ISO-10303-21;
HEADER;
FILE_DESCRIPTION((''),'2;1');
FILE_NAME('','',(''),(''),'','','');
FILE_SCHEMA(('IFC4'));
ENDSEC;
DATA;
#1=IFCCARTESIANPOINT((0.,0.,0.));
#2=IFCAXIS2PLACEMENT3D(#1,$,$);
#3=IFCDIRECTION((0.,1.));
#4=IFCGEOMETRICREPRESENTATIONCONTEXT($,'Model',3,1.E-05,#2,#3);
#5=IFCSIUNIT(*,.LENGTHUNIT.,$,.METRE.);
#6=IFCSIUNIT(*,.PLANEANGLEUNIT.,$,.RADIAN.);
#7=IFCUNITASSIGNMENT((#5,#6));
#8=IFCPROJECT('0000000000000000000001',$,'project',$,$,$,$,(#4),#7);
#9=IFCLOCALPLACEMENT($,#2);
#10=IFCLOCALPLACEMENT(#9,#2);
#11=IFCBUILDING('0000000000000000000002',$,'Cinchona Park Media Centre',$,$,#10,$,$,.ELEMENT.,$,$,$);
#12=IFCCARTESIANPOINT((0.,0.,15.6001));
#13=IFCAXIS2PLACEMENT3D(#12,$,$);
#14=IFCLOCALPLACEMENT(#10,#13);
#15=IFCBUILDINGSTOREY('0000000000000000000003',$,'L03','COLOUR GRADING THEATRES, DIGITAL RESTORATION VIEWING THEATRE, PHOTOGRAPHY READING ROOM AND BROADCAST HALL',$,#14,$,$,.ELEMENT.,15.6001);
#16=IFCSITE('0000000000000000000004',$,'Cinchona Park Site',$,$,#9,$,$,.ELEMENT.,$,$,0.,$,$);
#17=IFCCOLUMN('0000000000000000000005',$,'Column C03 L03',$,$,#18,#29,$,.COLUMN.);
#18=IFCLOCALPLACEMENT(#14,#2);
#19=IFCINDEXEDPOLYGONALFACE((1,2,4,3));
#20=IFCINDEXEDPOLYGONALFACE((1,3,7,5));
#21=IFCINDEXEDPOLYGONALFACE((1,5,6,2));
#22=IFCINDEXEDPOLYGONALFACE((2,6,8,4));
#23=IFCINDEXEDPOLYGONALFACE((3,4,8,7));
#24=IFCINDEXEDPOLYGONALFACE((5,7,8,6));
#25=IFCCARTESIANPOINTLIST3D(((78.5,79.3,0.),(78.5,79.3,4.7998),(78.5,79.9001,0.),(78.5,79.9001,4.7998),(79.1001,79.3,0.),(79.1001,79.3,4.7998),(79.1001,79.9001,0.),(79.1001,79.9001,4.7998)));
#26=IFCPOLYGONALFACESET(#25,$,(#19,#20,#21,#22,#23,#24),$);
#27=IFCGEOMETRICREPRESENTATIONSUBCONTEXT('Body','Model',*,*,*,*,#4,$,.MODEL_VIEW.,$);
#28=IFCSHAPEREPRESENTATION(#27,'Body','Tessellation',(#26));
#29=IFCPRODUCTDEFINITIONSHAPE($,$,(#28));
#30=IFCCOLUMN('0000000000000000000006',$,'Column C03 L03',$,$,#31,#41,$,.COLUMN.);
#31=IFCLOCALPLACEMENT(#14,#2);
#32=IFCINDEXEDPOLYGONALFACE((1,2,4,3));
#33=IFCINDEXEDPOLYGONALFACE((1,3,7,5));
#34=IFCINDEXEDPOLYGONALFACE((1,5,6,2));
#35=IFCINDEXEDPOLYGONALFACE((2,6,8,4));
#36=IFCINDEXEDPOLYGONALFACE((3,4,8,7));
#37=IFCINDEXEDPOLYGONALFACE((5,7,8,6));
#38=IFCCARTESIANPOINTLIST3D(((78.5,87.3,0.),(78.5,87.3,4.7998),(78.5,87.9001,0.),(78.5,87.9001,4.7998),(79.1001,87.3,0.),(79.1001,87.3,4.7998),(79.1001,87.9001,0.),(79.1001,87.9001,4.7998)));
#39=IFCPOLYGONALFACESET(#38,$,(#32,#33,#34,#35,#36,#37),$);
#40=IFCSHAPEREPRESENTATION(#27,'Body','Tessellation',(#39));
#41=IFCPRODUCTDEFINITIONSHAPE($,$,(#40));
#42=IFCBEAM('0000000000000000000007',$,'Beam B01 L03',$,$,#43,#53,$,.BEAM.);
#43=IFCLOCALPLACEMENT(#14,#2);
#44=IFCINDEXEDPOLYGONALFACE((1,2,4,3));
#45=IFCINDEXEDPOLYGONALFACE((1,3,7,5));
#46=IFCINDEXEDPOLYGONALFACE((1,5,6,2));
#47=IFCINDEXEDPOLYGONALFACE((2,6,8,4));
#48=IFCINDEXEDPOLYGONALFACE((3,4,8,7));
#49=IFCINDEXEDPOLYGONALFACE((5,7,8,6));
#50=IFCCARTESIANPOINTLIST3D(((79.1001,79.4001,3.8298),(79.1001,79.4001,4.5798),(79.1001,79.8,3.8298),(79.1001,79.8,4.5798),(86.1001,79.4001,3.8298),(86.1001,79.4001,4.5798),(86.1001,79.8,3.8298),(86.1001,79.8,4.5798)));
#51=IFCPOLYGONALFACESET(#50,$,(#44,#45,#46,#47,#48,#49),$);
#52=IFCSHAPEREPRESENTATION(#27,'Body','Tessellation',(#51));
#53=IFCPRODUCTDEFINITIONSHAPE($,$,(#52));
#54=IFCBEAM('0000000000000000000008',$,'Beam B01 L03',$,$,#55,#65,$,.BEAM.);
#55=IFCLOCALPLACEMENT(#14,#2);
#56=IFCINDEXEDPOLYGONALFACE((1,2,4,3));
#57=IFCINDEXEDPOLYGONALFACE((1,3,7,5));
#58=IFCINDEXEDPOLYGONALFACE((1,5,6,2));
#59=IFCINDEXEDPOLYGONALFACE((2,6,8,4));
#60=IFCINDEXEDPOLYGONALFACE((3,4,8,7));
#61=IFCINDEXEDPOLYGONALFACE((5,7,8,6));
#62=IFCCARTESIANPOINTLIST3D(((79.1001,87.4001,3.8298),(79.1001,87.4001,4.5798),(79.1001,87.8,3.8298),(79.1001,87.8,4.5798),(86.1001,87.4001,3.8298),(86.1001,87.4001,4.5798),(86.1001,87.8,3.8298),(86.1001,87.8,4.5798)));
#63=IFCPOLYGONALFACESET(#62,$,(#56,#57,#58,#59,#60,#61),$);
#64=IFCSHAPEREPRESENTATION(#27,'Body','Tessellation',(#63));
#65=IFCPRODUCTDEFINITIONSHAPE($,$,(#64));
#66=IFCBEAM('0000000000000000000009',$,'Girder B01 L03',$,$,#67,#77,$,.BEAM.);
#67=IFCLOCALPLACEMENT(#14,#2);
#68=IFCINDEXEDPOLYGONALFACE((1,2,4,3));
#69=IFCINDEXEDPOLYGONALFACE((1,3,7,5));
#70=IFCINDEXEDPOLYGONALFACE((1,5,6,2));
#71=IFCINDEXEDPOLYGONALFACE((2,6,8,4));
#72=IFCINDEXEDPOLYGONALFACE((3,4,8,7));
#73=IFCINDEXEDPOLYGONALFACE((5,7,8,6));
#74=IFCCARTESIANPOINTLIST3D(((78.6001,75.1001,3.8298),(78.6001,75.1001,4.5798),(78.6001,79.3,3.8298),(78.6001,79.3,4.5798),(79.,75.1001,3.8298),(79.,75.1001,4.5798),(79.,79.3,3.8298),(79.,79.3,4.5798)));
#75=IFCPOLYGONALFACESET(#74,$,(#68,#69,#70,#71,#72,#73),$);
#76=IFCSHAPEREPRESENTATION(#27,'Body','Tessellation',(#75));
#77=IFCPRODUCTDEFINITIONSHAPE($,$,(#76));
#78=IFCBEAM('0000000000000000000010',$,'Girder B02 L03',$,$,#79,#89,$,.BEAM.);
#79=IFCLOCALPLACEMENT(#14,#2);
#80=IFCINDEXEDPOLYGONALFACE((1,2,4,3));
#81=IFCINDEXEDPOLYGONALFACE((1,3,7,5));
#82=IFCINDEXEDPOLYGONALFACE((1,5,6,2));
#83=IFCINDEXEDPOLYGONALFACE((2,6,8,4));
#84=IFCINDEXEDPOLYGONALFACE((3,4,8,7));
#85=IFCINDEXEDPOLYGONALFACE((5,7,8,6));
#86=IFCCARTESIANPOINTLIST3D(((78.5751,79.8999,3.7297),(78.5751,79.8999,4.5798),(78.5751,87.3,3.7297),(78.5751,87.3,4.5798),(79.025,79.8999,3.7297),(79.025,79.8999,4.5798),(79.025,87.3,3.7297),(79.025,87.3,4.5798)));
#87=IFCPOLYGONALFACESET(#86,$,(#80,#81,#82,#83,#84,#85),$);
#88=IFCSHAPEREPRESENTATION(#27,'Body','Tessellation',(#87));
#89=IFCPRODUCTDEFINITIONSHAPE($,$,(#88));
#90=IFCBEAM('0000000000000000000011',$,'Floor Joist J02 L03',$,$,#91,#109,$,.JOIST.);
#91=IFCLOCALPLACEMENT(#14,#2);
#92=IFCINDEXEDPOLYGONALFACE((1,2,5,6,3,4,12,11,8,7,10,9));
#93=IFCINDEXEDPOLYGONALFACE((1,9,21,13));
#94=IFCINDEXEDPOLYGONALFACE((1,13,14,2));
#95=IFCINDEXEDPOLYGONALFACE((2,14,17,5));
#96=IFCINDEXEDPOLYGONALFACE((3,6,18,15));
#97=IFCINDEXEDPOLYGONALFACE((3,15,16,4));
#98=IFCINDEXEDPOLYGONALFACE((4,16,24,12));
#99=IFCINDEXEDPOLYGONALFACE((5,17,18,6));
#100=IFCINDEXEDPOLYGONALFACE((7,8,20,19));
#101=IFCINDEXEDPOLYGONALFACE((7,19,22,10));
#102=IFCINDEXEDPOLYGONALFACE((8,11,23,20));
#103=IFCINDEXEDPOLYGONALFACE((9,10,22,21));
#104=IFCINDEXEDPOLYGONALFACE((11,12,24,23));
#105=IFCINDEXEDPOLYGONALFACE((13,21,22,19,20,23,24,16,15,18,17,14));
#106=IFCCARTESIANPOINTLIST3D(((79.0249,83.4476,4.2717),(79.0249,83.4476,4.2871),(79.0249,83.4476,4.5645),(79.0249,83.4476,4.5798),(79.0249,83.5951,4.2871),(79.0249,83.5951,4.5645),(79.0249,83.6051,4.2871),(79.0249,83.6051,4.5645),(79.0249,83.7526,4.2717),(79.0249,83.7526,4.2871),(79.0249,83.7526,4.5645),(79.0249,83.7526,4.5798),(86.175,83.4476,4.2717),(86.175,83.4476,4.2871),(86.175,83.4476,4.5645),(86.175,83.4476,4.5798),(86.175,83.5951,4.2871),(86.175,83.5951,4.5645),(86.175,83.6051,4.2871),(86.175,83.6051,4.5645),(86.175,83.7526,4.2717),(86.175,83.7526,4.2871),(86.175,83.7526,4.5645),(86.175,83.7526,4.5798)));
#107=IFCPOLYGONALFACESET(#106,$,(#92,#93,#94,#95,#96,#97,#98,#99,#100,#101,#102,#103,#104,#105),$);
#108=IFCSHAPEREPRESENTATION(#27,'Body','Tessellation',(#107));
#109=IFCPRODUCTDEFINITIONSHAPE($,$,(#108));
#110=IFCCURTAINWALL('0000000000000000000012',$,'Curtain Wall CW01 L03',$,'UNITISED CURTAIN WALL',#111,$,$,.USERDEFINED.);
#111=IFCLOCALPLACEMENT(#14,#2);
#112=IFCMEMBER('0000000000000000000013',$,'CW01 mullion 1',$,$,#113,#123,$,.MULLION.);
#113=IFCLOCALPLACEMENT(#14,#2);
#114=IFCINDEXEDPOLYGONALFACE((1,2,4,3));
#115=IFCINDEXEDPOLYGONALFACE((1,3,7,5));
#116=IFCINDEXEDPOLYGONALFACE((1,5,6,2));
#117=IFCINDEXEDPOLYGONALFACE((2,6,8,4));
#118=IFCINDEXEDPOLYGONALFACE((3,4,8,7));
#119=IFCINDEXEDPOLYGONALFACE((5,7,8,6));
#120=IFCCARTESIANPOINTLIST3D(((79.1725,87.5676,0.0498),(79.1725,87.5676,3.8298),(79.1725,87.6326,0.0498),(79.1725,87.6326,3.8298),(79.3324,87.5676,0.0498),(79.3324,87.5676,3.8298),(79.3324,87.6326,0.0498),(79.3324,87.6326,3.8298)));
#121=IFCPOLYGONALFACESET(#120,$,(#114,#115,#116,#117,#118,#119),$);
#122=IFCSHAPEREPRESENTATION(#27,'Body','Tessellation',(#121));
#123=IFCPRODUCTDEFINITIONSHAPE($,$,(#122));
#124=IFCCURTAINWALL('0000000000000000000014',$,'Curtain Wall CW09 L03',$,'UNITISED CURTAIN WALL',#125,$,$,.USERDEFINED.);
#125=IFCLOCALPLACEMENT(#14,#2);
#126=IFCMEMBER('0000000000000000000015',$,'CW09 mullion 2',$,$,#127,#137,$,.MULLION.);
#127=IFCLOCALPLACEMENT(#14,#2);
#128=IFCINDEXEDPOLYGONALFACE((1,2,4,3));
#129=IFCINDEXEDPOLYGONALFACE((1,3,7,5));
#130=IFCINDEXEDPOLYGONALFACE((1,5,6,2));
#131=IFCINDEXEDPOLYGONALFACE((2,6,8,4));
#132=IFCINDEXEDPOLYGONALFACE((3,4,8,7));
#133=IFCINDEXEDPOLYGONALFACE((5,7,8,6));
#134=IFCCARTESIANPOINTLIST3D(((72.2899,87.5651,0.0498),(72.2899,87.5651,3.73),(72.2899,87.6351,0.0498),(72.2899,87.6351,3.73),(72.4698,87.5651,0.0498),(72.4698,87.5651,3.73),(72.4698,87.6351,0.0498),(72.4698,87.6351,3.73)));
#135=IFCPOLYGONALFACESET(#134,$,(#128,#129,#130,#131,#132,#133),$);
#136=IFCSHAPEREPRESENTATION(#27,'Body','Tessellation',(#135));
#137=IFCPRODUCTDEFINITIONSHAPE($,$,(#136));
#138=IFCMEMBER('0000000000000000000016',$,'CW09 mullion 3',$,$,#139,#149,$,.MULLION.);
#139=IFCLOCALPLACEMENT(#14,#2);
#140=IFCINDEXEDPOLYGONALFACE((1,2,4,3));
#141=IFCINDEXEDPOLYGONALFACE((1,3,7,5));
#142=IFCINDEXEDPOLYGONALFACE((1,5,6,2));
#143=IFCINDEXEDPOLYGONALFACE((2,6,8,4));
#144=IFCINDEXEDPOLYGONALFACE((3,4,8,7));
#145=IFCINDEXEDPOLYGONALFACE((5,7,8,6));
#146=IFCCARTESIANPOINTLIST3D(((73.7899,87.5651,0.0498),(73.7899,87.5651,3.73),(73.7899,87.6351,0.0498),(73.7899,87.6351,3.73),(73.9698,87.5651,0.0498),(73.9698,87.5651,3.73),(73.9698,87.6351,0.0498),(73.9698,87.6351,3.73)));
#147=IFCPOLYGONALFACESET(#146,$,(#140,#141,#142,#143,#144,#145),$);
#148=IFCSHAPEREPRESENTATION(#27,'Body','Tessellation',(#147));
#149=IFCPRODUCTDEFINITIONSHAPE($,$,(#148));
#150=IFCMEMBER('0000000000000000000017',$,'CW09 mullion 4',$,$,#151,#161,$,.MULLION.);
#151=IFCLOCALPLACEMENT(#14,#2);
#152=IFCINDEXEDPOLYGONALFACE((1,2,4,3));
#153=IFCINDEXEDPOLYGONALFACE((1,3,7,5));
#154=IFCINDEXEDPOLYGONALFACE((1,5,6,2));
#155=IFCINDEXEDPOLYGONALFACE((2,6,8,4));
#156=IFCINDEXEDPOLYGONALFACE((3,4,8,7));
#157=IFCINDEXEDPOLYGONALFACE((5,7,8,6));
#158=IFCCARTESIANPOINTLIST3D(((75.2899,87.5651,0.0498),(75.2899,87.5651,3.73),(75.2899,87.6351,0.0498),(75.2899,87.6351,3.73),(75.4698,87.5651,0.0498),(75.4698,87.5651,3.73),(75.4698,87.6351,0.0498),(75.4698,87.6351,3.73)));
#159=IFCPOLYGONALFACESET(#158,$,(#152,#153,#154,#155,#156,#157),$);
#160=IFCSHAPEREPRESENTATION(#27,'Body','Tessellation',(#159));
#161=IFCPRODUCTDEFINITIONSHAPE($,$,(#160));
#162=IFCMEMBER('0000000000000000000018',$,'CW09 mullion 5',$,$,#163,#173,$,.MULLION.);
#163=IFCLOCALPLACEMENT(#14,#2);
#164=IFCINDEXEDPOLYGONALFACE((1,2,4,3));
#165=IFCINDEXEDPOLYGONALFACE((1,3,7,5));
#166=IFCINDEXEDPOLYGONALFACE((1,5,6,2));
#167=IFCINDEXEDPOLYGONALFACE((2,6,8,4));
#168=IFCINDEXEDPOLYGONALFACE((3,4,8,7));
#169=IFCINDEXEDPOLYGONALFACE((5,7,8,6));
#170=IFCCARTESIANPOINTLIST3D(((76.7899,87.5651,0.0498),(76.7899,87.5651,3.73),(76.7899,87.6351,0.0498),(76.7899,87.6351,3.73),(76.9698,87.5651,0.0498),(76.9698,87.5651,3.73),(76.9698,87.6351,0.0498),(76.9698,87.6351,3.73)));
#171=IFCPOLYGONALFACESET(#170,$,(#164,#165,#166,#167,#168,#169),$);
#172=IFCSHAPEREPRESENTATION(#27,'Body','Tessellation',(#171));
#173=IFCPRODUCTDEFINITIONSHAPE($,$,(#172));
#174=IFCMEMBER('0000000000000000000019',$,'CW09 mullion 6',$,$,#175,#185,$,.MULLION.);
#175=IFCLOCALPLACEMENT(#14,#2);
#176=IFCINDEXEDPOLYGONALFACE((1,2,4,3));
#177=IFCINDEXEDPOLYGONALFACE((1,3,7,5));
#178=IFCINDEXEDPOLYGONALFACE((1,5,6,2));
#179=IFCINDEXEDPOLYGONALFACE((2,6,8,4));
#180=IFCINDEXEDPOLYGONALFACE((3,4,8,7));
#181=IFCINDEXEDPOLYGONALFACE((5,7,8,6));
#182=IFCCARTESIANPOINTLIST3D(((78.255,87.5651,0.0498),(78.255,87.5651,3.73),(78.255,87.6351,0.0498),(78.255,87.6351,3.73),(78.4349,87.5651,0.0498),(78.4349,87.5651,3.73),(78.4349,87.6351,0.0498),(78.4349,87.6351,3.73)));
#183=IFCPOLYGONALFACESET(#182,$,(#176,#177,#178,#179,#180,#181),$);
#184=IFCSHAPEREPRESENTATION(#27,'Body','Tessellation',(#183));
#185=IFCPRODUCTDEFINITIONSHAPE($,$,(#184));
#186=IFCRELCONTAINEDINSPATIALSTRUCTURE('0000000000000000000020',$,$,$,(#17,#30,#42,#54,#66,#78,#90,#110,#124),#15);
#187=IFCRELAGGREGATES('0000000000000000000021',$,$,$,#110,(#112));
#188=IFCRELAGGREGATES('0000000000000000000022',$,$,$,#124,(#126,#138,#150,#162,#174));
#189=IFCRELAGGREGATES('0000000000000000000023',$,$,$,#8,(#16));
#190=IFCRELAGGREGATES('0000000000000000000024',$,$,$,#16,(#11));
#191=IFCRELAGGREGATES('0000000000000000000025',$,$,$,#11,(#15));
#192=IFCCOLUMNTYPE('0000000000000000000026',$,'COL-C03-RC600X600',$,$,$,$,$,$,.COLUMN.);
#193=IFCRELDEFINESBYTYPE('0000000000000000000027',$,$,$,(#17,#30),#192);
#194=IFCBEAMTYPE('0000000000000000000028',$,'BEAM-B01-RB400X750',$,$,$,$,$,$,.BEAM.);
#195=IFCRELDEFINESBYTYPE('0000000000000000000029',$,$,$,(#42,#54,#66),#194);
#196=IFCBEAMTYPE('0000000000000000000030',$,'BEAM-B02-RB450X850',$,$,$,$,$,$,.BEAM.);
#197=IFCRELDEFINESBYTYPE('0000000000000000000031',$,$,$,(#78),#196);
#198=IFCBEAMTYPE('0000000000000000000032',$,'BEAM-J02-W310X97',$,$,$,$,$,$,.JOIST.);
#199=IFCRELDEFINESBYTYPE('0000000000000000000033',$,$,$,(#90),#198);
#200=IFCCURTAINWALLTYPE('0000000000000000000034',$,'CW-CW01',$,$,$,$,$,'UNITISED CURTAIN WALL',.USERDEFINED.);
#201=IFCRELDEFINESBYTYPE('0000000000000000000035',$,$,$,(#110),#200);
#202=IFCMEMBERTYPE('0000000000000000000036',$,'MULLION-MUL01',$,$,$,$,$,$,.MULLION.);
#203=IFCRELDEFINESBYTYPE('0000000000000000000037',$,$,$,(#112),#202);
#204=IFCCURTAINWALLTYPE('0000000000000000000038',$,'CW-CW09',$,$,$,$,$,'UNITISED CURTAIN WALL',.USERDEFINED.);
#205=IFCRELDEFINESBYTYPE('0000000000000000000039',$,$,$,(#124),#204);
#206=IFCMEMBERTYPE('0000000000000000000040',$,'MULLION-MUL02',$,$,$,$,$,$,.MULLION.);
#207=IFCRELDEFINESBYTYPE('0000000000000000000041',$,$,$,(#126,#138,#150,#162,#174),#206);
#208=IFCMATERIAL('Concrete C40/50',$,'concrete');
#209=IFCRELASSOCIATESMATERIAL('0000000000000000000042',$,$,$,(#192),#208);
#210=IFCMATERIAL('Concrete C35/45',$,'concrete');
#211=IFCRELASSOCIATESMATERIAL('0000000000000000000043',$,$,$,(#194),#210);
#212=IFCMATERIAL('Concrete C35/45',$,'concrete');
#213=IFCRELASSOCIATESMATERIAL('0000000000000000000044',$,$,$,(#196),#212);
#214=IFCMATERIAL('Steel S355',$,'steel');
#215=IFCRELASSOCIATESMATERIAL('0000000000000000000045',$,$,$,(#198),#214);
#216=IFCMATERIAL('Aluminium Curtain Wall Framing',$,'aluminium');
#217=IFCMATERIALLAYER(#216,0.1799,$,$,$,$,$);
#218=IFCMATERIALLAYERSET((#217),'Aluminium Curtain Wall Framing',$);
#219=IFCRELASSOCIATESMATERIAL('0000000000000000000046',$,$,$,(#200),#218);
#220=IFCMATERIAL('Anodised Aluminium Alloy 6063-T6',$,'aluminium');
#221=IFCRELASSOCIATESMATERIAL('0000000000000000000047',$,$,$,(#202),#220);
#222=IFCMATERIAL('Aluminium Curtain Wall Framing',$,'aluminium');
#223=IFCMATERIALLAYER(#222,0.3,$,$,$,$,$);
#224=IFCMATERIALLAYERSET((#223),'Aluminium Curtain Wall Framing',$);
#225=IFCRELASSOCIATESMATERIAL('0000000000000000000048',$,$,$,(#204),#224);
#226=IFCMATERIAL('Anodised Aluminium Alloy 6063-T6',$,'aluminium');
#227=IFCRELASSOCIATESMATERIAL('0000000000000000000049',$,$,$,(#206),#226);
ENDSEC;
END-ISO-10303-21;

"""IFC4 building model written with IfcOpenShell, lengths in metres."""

from ifc_helpers import new_model, si_unit, direction, frame, origin, origin_2d, place, context, subcontext, project, spatial, rectangle, i_section, extrude, material, layer, layer_set, material_profile, profile_set, type_object, element, aggregate, save


model = new_model("IFC4")

# Units and contexts
model_context = context("Model", 3, precision=1e-05, world=origin(), true_north=direction((0.0, 1.0)))
body_context = subcontext(model_context, "Body", "Model", "MODEL_VIEW")
ifc_project = project(units=[si_unit("LENGTHUNIT", "METRE"), si_unit("PLANEANGLEUNIT", "RADIAN")], contexts=[model_context])

# Site, building, storey
site_placement = place(None, origin())
site = spatial("IfcSite", under=ifc_project, at=site_placement, Name="Cinchona Park Site", CompositionType="ELEMENT", RefElevation=0.0)
building_placement = place(site_placement, origin())
building = spatial("IfcBuilding", under=site, at=building_placement, Name="Cinchona Park Media Centre", CompositionType="ELEMENT")
storey_placement = place(building_placement, frame((0.0, 0.0, 15.6001)))
storey = spatial("IfcBuildingStorey", under=building, at=storey_placement, Name="L03", Description="COLOUR GRADING THEATRES, DIGITAL RESTORATION VIEWING THEATRE, PHOTOGRAPHY READING ROOM AND BROADCAST HALL", CompositionType="ELEMENT", Elevation=15.6001)

# Columns
ifc_material_1 = material(Name="Concrete C40/50", Category="concrete")
ifc_material_profile_1 = material_profile(ifc_material_1, rectangle(XDim=0.6001, YDim=0.6001, at=origin_2d()), Name="RC 600X600")
ifc_profile_set_1 = profile_set([ifc_material_profile_1], Name="Concrete C40/50")
column_type = type_object("IfcColumnType", Name="COL-C03-RC600X600", PredefinedType="COLUMN", material=ifc_profile_set_1)
for number, where, z_axis, x_axis, name in (
    (1, (78.8, 79.6001, 0.0), (0.0, 0.0, 1.0), (1.0, 0.0, 0.0), "Column C03 L03"),
    (2, (78.8, 87.6001, 0.0), (0.0, 0.0, 1.0), (1.0, 0.0, 0.0), "Column C03 L03"),
):
    element("IfcColumn", number, at=place(storey_placement, frame(where, z_axis=z_axis, x_axis=x_axis)), inside=storey, type_object=column_type, Name=name, PredefinedType="COLUMN", context=body_context, shape_type="SweptSolid", body=[
        extrude(rectangle(XDim=0.6001, YDim=0.6001, at=origin_2d()), origin(), (0.0, 0.0, 1.0), 4.7998),
    ])

# Beams
ifc_material_2 = material(Name="Concrete C35/45", Category="concrete")
ifc_material_profile_2 = material_profile(ifc_material_2, rectangle(XDim=0.3999, YDim=0.75, at=origin_2d()), Name="RB 400X750")
ifc_profile_set_2 = profile_set([ifc_material_profile_2], Name="Concrete C35/45")
beam_type_1 = type_object("IfcBeamType", Name="BEAM-B01-RB400X750", PredefinedType="BEAM", material=ifc_profile_set_2)
for number, where, z_axis, x_axis, name in (
    (3, (79.1001, 79.6001, 4.2048), (1.0, 0.0, 0.0), (0.0, 1.0, 0.0), "Beam B01 L03"),
    (4, (79.1001, 87.6001, 4.2048), (1.0, 0.0, 0.0), (0.0, 1.0, 0.0), "Beam B01 L03"),
):
    element("IfcBeam", number, at=place(storey_placement, frame(where, z_axis=z_axis, x_axis=x_axis)), inside=storey, type_object=beam_type_1, Name=name, PredefinedType="BEAM", context=body_context, shape_type="SweptSolid", body=[
        extrude(rectangle(XDim=0.3999, YDim=0.75, at=origin_2d()), origin(), (0.0, 0.0, 1.0), 7.0),
    ])
beam_1_placement = place(storey_placement, frame((78.8, 75.1001, 4.2048), z_axis=(0.0, 1.0, 0.0), x_axis=(-1.0, 0.0, 0.0)))
element("IfcBeam", 5, at=beam_1_placement, inside=storey, type_object=beam_type_1, Name="Girder B01 L03", PredefinedType="BEAM", context=body_context, shape_type="SweptSolid", body=[
    extrude(rectangle(XDim=0.3999, YDim=0.75, at=origin_2d()), origin(), (0.0, 0.0, 1.0), 4.2),
])
ifc_material_3 = material(Name="Concrete C35/45", Category="concrete")
ifc_material_profile_3 = material_profile(ifc_material_3, rectangle(XDim=0.45, YDim=0.8501, at=origin_2d()), Name="RB 450X850")
ifc_profile_set_3 = profile_set([ifc_material_profile_3], Name="Concrete C35/45")
beam_type_2 = type_object("IfcBeamType", Name="BEAM-B02-RB450X850", PredefinedType="BEAM", material=ifc_profile_set_3)
beam_2_placement = place(storey_placement, frame((78.8, 79.8999, 4.1548), z_axis=(0.0, 1.0, 0.0), x_axis=(-1.0, 0.0, 0.0)))
element("IfcBeam", 6, at=beam_2_placement, inside=storey, type_object=beam_type_2, Name="Girder B02 L03", PredefinedType="BEAM", context=body_context, shape_type="SweptSolid", body=[
    extrude(rectangle(XDim=0.45, YDim=0.8501, at=origin_2d()), origin(), (0.0, 0.0, 1.0), 7.4001),
])
ifc_material_4 = material(Name="Steel S355", Category="steel")
ifc_material_profile_4 = material_profile(ifc_material_4, i_section(OverallWidth=0.3049, OverallDepth=0.3081, WebThickness=0.01, FlangeThickness=0.0154, at=origin_2d()), Name="W310X97")
ifc_profile_set_4 = profile_set([ifc_material_profile_4], Name="Steel S355")
beam_type_3 = type_object("IfcBeamType", Name="BEAM-J02-W310X97", PredefinedType="JOIST", material=ifc_profile_set_4)
beam_3_placement = place(storey_placement, frame((79.0249, 83.6001, 4.4258), z_axis=(1.0, 0.0, 0.0), x_axis=(0.0, 1.0, 0.0)))
element("IfcBeam", 7, at=beam_3_placement, inside=storey, type_object=beam_type_3, Name="Floor Joist J02 L03", PredefinedType="JOIST", context=body_context, shape_type="SweptSolid", body=[
    extrude(i_section(OverallWidth=0.3049, OverallDepth=0.3081, WebThickness=0.01, FlangeThickness=0.0154, at=origin_2d()), origin(), (0.0, 0.0, 1.0), 7.1501),
])

# Curtain wall, member
ifc_material_5 = material(Name="Aluminium Curtain Wall Framing", Category="aluminium")
ifc_layer_1 = layer(ifc_material_5, 0.1799)
ifc_layer_set_1 = layer_set([ifc_layer_1], Name="Aluminium Curtain Wall Framing")
curtain_wall_type_1 = type_object("IfcCurtainWallType", Name="CW-CW01", ElementType="UNITISED CURTAIN WALL", PredefinedType="USERDEFINED", material=ifc_layer_set_1)
curtain_wall_1_placement = place(storey_placement, origin())
curtain_wall_1 = element("IfcCurtainWall", 8, at=curtain_wall_1_placement, inside=storey, type_object=curtain_wall_type_1, Name="Curtain Wall CW01 L03", ObjectType="UNITISED CURTAIN WALL", PredefinedType="USERDEFINED")
ifc_material_6 = material(Name="Anodised Aluminium Alloy 6063-T6", Category="aluminium")
ifc_material_profile_5 = material_profile(ifc_material_6, rectangle(XDim=0.0649, YDim=0.1599, at=origin_2d()), Name="MUL-65X160")
ifc_profile_set_5 = profile_set([ifc_material_profile_5], Name="Anodised Aluminium Alloy 6063-T6")
member_type_1 = type_object("IfcMemberType", Name="MULLION-MUL01", PredefinedType="MULLION", material=ifc_profile_set_5)
member_1_placement = place(storey_placement, frame((79.2524, 87.6001, 0.0498), z_axis=(0.0, 0.0, 1.0), x_axis=(0.0, 1.0, 0.0)))
member_1 = element("IfcMember", 9, at=member_1_placement, type_object=member_type_1, Name="CW01 mullion 1", PredefinedType="MULLION", context=body_context, shape_type="SweptSolid", body=[
    extrude(rectangle(XDim=0.0649, YDim=0.1599, at=origin_2d()), origin(), (0.0, 0.0, 1.0), 3.78),
])

# Curtain wall, members
ifc_material_7 = material(Name="Aluminium Curtain Wall Framing", Category="aluminium")
ifc_layer_2 = layer(ifc_material_7, 0.3)
ifc_layer_set_2 = layer_set([ifc_layer_2], Name="Aluminium Curtain Wall Framing")
curtain_wall_type_2 = type_object("IfcCurtainWallType", Name="CW-CW09", ElementType="UNITISED CURTAIN WALL", PredefinedType="USERDEFINED", material=ifc_layer_set_2)
curtain_wall_2_placement = place(storey_placement, origin())
curtain_wall_2 = element("IfcCurtainWall", 10, at=curtain_wall_2_placement, inside=storey, type_object=curtain_wall_type_2, Name="Curtain Wall CW09 L03", ObjectType="UNITISED CURTAIN WALL", PredefinedType="USERDEFINED")
ifc_material_8 = material(Name="Anodised Aluminium Alloy 6063-T6", Category="aluminium")
ifc_material_profile_6 = material_profile(ifc_material_8, rectangle(XDim=0.0701, YDim=0.1799, at=origin_2d()), Name="MUL-70X180")
ifc_profile_set_6 = profile_set([ifc_material_profile_6], Name="Anodised Aluminium Alloy 6063-T6")
member_type_2 = type_object("IfcMemberType", Name="MULLION-MUL02", PredefinedType="MULLION", material=ifc_profile_set_6)
member_2_placement = place(storey_placement, frame((72.3799, 87.6001, 0.0498), z_axis=(0.0, 0.0, 1.0), x_axis=(0.0, 1.0, 0.0)))
member_2 = element("IfcMember", 11, at=member_2_placement, type_object=member_type_2, Name="CW09 mullion 2", PredefinedType="MULLION", context=body_context, shape_type="SweptSolid", body=[
    extrude(rectangle(XDim=0.0701, YDim=0.1799, at=origin_2d()), origin(), (0.0, 0.0, 1.0), 3.6802),
])
member_3_placement = place(storey_placement, frame((73.8799, 87.6001, 0.0498), z_axis=(0.0, 0.0, 1.0), x_axis=(0.0, 1.0, 0.0)))
member_3 = element("IfcMember", 12, at=member_3_placement, type_object=member_type_2, Name="CW09 mullion 3", PredefinedType="MULLION", context=body_context, shape_type="SweptSolid", body=[
    extrude(rectangle(XDim=0.0701, YDim=0.1799, at=origin_2d()), origin(), (0.0, 0.0, 1.0), 3.6802),
])
member_4_placement = place(storey_placement, frame((75.3799, 87.6001, 0.0498), z_axis=(0.0, 0.0, 1.0), x_axis=(0.0, 1.0, 0.0)))
member_4 = element("IfcMember", 13, at=member_4_placement, type_object=member_type_2, Name="CW09 mullion 4", PredefinedType="MULLION", context=body_context, shape_type="SweptSolid", body=[
    extrude(rectangle(XDim=0.0701, YDim=0.1799, at=origin_2d()), origin(), (0.0, 0.0, 1.0), 3.6802),
])
member_5_placement = place(storey_placement, frame((76.8799, 87.6001, 0.0498), z_axis=(0.0, 0.0, 1.0), x_axis=(0.0, 1.0, 0.0)))
member_5 = element("IfcMember", 14, at=member_5_placement, type_object=member_type_2, Name="CW09 mullion 5", PredefinedType="MULLION", context=body_context, shape_type="SweptSolid", body=[
    extrude(rectangle(XDim=0.0701, YDim=0.1799, at=origin_2d()), origin(), (0.0, 0.0, 1.0), 3.6802),
])
member_6_placement = place(storey_placement, frame((78.345, 87.6001, 0.0498), z_axis=(0.0, 0.0, 1.0), x_axis=(0.0, 1.0, 0.0)))
member_6 = element("IfcMember", 15, at=member_6_placement, type_object=member_type_2, Name="CW09 mullion 6", PredefinedType="MULLION", context=body_context, shape_type="SweptSolid", body=[
    extrude(rectangle(XDim=0.0701, YDim=0.1799, at=origin_2d()), origin(), (0.0, 0.0, 1.0), 3.6802),
])

aggregate(curtain_wall_1, [member_1])

aggregate(curtain_wall_2, [member_2, member_3, member_4, member_5, member_6])

save(model, "model.ifc")
